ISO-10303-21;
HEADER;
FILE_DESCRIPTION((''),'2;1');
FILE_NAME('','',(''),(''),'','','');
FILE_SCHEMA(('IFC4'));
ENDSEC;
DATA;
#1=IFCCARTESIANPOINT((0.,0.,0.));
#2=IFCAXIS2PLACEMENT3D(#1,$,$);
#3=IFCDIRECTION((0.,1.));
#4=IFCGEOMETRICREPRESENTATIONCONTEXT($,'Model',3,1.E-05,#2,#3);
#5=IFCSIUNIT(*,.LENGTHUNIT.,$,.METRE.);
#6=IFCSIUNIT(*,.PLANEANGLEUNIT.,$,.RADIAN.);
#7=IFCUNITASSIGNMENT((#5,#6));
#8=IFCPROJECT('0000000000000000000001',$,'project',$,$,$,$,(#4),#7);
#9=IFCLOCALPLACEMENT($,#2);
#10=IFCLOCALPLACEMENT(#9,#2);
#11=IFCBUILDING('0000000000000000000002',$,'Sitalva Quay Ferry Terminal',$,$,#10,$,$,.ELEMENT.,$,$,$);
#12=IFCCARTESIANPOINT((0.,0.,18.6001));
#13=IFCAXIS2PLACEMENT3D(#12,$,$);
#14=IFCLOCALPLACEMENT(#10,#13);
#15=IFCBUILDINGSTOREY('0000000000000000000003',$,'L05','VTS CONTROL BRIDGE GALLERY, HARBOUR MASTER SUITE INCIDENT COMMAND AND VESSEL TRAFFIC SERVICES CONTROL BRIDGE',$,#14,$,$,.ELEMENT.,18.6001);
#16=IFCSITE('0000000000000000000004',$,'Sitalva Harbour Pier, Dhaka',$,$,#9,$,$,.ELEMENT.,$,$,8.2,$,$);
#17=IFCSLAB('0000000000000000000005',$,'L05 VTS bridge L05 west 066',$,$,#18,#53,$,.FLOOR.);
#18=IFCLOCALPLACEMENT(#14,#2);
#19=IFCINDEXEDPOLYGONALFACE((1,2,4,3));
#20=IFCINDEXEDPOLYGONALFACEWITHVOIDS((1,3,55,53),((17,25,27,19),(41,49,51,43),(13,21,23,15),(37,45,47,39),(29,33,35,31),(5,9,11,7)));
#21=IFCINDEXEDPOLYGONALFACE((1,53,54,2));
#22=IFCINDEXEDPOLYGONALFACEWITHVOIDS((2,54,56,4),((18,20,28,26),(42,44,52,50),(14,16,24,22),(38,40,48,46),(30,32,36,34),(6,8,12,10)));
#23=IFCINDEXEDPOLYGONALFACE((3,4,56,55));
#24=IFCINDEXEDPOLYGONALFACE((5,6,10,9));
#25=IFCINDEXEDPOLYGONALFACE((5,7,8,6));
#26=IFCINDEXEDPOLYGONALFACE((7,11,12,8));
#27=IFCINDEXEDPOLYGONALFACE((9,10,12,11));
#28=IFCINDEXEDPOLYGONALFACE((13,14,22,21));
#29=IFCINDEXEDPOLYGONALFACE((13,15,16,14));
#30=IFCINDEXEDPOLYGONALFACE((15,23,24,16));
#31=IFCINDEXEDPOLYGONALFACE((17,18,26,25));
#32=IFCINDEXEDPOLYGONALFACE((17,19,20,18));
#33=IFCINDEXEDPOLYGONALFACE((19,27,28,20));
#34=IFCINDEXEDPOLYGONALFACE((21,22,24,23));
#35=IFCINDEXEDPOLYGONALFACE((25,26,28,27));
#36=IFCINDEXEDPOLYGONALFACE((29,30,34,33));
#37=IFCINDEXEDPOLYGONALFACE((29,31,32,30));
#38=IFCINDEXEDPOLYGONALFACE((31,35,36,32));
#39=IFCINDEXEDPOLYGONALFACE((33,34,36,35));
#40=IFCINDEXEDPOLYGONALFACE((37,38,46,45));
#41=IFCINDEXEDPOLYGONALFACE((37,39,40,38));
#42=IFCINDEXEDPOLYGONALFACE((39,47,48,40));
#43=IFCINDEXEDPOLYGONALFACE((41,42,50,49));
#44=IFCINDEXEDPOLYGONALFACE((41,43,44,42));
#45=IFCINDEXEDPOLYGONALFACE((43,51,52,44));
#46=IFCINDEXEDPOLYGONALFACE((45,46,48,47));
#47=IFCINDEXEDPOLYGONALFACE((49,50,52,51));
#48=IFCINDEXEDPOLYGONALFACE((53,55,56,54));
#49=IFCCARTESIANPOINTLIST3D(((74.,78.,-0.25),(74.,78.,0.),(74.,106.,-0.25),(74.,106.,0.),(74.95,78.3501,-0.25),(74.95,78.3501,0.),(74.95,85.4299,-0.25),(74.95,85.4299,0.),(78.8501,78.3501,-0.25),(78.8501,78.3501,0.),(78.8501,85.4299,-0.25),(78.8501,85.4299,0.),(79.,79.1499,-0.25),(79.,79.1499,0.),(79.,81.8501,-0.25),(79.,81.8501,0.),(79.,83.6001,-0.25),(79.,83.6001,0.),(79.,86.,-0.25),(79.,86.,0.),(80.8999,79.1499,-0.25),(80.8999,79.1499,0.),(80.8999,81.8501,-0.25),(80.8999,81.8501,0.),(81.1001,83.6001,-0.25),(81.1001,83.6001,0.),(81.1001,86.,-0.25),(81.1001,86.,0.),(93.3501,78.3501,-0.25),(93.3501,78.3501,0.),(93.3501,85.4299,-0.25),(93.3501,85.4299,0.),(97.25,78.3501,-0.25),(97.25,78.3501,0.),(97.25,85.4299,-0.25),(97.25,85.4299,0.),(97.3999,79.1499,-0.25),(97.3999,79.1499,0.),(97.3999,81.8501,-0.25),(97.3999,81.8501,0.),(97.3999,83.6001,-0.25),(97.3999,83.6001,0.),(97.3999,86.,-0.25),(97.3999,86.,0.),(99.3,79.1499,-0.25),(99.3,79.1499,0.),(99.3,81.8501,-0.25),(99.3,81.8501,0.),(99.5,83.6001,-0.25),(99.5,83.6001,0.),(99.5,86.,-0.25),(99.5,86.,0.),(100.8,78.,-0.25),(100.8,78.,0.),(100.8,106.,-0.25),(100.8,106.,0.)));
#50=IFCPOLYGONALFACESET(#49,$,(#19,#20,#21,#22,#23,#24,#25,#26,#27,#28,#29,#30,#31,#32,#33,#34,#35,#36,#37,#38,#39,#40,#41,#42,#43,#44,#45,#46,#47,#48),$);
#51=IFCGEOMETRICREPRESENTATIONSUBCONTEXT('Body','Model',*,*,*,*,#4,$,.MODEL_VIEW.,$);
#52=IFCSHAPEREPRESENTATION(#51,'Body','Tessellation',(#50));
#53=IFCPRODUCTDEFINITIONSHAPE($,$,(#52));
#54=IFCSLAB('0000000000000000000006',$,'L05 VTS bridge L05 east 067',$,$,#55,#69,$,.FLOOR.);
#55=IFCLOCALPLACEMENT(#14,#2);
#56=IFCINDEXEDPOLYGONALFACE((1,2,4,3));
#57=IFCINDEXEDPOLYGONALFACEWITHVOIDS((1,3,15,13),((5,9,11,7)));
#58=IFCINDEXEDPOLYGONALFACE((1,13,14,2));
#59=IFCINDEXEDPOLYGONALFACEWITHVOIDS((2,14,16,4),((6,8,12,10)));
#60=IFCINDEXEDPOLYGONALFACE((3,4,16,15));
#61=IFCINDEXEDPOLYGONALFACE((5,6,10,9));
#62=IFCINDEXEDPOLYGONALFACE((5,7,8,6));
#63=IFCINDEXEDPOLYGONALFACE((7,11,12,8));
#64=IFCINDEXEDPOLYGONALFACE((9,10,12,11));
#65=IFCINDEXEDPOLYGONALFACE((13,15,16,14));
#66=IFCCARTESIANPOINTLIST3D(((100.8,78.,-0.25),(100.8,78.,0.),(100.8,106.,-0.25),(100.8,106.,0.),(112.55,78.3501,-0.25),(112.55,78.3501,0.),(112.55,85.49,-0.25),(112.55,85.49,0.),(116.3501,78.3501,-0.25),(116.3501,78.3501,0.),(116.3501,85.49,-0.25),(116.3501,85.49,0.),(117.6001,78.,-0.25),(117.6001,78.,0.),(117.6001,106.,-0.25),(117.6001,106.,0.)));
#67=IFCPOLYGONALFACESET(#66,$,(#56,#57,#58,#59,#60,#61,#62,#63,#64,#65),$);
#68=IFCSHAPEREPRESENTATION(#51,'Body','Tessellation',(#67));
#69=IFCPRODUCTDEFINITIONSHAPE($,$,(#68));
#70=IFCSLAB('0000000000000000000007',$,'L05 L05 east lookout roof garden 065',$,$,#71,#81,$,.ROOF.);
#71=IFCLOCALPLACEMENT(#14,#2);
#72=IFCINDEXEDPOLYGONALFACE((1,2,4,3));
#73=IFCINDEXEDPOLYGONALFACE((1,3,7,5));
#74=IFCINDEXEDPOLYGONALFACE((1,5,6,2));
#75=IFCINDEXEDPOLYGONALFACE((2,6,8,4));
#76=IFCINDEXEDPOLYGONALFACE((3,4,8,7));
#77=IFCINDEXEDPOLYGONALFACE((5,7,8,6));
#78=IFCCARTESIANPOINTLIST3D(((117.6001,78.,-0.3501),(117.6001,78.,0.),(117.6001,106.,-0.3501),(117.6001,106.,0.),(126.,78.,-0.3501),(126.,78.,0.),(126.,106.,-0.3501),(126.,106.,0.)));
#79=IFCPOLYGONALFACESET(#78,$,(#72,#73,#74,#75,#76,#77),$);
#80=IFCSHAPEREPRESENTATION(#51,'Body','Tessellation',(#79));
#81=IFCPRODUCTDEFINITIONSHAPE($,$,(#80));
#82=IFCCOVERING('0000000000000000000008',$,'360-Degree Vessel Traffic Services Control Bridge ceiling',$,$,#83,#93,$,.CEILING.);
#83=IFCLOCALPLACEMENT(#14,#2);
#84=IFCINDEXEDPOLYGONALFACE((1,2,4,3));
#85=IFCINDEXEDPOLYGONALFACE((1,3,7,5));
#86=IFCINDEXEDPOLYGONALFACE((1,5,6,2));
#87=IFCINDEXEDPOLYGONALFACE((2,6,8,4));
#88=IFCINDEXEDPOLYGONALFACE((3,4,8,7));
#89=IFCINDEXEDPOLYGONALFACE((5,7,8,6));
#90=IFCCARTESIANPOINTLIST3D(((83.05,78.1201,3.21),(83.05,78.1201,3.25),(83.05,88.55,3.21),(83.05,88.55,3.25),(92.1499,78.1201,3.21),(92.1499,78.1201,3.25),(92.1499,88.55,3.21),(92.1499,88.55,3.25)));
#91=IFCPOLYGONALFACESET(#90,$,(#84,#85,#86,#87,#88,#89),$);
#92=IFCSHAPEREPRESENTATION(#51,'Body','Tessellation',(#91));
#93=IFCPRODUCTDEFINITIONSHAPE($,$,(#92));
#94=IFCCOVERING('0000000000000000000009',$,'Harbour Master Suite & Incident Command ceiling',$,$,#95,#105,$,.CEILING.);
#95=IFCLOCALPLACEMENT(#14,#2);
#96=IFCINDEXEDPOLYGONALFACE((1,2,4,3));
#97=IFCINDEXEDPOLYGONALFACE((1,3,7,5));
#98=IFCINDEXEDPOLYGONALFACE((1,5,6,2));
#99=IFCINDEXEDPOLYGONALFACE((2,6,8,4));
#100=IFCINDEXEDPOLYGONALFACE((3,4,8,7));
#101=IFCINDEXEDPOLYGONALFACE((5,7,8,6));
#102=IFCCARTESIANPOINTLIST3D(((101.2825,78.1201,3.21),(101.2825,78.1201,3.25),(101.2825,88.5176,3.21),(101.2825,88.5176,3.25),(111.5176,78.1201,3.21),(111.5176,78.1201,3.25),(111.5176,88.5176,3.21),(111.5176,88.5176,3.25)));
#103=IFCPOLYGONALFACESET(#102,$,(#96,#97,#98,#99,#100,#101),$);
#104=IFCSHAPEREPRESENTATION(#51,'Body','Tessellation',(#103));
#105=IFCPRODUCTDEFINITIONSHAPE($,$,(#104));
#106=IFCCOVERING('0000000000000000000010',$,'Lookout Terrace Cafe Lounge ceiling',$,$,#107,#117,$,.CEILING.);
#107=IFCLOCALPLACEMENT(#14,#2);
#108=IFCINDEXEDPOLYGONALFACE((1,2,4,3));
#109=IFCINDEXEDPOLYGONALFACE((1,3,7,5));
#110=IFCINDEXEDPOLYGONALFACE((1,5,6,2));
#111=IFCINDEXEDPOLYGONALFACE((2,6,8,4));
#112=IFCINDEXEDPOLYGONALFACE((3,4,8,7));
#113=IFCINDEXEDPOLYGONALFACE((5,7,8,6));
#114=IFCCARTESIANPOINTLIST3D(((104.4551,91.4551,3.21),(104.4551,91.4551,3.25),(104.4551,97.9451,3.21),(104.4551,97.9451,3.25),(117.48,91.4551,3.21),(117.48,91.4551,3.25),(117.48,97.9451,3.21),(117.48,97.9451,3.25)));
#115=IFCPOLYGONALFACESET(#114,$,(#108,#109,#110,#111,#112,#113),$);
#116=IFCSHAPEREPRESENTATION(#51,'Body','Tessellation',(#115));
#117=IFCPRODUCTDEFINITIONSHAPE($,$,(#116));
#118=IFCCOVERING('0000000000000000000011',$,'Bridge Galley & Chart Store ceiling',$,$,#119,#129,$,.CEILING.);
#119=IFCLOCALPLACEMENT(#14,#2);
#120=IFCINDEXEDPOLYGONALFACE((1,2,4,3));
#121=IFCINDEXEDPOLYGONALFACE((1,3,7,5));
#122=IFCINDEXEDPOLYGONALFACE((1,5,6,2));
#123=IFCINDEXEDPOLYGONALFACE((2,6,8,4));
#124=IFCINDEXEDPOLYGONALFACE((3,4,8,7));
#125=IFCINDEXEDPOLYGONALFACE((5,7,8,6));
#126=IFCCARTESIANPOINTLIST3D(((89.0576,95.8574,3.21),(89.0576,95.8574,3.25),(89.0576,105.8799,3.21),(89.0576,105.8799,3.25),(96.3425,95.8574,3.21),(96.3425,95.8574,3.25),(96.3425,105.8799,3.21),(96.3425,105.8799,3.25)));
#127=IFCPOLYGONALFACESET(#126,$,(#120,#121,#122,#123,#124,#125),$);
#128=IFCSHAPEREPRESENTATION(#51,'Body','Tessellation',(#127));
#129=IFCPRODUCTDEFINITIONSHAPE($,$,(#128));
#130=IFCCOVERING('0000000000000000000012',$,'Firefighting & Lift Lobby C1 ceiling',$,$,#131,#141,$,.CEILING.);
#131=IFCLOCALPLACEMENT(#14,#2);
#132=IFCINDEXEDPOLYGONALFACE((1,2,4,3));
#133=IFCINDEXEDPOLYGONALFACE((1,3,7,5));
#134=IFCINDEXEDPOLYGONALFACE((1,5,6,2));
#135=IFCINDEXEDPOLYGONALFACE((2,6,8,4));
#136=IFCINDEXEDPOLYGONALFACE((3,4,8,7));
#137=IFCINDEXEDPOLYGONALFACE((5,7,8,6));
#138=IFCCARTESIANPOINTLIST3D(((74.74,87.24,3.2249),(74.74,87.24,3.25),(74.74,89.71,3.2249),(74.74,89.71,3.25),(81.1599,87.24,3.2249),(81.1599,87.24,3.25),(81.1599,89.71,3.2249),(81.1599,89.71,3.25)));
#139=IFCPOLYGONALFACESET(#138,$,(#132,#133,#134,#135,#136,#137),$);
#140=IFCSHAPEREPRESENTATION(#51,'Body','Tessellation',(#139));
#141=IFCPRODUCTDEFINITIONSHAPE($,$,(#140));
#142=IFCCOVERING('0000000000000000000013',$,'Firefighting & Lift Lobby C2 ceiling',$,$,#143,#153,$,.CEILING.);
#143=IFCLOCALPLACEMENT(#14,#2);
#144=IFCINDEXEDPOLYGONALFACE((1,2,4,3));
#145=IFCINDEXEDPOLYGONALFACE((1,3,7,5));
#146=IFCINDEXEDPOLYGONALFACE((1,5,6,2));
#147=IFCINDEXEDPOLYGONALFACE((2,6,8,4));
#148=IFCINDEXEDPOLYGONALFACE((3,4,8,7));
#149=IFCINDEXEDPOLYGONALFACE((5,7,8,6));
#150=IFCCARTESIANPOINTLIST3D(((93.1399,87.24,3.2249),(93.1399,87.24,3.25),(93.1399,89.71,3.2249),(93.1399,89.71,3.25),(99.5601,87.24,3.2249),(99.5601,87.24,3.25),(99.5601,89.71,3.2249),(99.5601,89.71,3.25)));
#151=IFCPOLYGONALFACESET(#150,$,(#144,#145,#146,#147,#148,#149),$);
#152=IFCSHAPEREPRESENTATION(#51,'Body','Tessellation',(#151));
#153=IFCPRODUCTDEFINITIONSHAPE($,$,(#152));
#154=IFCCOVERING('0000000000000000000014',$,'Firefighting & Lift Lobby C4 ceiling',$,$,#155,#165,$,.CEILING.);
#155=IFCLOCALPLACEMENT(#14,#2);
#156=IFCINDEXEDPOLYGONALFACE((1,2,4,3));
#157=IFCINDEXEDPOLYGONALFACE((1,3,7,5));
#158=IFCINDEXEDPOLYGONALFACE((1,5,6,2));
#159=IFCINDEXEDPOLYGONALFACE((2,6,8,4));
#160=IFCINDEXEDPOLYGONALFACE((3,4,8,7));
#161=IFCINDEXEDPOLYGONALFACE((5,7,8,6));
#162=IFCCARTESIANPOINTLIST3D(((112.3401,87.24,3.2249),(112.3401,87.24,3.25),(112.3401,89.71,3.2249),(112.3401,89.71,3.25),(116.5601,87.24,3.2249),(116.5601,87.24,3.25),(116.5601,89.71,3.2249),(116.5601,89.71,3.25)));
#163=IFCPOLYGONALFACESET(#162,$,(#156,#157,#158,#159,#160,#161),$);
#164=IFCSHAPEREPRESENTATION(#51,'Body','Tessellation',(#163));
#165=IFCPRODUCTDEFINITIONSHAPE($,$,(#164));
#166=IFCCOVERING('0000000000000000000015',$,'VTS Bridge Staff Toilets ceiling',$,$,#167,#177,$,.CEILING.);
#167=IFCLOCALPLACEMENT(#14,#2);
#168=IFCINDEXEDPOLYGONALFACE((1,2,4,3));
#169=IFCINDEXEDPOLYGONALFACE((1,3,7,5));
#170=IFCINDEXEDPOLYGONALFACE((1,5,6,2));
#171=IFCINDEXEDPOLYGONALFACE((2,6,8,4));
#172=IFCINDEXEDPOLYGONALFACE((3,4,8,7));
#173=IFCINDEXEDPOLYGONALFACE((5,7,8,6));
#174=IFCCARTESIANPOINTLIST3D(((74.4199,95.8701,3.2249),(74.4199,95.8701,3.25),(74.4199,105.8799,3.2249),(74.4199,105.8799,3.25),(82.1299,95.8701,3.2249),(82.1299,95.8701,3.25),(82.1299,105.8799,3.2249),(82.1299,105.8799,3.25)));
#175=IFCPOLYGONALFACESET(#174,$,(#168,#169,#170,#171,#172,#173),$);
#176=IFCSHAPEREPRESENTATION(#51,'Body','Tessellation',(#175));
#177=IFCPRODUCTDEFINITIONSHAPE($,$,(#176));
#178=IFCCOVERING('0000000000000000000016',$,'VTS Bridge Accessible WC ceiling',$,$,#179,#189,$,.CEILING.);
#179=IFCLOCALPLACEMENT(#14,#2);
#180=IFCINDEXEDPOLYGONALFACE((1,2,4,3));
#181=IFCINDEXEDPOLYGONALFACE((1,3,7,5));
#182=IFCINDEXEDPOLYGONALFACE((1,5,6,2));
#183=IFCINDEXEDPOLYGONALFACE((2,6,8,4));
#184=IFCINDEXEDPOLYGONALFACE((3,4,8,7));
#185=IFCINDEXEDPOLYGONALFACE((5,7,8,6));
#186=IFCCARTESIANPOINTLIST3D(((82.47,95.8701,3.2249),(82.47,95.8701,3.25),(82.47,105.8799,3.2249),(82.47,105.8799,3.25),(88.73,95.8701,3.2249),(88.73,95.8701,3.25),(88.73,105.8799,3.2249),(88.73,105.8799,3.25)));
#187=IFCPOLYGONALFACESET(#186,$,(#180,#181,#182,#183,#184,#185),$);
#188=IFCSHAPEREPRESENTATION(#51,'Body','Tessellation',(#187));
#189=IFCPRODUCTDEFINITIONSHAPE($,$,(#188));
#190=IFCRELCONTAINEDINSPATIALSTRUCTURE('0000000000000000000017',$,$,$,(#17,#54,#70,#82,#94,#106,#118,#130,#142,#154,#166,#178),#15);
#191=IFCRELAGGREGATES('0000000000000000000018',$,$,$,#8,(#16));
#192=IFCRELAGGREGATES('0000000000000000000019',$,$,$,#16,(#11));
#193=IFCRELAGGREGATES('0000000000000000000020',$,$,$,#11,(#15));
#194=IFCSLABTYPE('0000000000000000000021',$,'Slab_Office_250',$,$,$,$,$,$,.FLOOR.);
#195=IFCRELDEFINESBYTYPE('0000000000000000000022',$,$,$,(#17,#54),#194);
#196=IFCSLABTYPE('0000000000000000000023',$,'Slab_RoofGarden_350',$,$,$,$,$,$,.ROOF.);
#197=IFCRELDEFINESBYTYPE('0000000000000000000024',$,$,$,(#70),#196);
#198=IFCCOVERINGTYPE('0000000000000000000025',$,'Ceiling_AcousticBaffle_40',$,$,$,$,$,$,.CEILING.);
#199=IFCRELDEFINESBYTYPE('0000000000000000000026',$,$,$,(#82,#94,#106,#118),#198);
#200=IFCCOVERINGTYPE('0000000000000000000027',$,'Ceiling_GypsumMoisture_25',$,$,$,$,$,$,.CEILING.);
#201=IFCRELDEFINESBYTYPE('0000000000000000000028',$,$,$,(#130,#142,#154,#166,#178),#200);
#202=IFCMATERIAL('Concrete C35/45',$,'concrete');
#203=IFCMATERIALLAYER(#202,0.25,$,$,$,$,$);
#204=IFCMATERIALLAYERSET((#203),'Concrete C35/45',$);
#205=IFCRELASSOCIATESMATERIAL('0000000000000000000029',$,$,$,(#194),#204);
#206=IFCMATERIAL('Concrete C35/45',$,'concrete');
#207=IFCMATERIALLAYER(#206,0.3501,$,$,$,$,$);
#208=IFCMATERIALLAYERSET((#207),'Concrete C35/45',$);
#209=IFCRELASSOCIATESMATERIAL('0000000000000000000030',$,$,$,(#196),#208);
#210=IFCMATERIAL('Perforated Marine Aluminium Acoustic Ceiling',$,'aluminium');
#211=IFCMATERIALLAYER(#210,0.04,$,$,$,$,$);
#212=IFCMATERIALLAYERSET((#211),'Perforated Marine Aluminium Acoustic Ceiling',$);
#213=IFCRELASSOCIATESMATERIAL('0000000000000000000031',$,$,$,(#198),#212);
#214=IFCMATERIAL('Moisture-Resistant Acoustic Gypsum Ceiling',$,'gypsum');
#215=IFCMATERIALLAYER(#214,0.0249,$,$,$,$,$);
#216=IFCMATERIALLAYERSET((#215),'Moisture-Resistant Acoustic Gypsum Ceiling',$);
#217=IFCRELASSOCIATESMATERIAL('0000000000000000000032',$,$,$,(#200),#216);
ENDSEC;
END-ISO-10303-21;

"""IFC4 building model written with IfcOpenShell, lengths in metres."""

from ifc_helpers import new_model, si_unit, direction, frame, origin, place, context, subcontext, project, spatial, polyline, outline, extrude, material, layer, layer_set, type_object, element, save


model = new_model("IFC4")

# Units and contexts
model_context = context("Model", 3, precision=1e-05, world=origin(), true_north=direction((0.0, 1.0)))
body_context = subcontext(model_context, "Body", "Model", "MODEL_VIEW")
ifc_project = project(units=[si_unit("LENGTHUNIT", "METRE"), si_unit("PLANEANGLEUNIT", "RADIAN")], contexts=[model_context])

# Site, building, storey
site_placement = place(None, origin())
site = spatial("IfcSite", under=ifc_project, at=site_placement, Name="Sitalva Harbour Pier, Dhaka", CompositionType="ELEMENT", RefElevation=8.2)
building_placement = place(site_placement, origin())
building = spatial("IfcBuilding", under=site, at=building_placement, Name="Sitalva Quay Ferry Terminal", CompositionType="ELEMENT")
storey_placement = place(building_placement, frame((0.0, 0.0, 18.6001)))
storey = spatial("IfcBuildingStorey", under=building, at=storey_placement, Name="L05", Description="VTS CONTROL BRIDGE GALLERY, HARBOUR MASTER SUITE INCIDENT COMMAND AND VESSEL TRAFFIC SERVICES CONTROL BRIDGE", CompositionType="ELEMENT", Elevation=18.6001)

# Slabs
ifc_material_1 = material(Name="Concrete C35/45", Category="concrete")
ifc_layer_1 = layer(ifc_material_1, 0.25)
ifc_layer_set_1 = layer_set([ifc_layer_1], Name="Concrete C35/45")
slab_type_1 = type_object("IfcSlabType", Name="Slab_Office_250", PredefinedType="FLOOR", material=ifc_layer_set_1)
slab_1_placement = place(storey_placement, frame((0.0, 0.0, -0.25)))
element("IfcSlab", 1, at=slab_1_placement, inside=storey, type_object=slab_type_1, Name="L05 VTS bridge L05 west 066", PredefinedType="FLOOR", context=body_context, shape_type="SweptSolid", body=[
    extrude(outline(polyline([(74.0, 78.0), (100.8, 78.0), (100.8, 106.0), (74.0, 106.0), (74.0, 78.0)]), holes=[polyline([(74.95, 78.3501), (74.95, 85.4299), (78.8501, 85.4299), (78.8501, 78.3501), (74.95, 78.3501)]), polyline([(79.0, 79.1499), (79.0, 81.8501), (80.8999, 81.8501), (80.8999, 79.1499), (79.0, 79.1499)]), polyline([(79.0, 83.6001), (79.0, 86.0), (81.1001, 86.0), (81.1001, 83.6001), (79.0, 83.6001)]), polyline([(93.3501, 78.3501), (93.3501, 85.4299), (97.25, 85.4299), (97.25, 78.3501), (93.3501, 78.3501)]), polyline([(97.3999, 79.1499), (97.3999, 81.8501), (99.3, 81.8501), (99.3, 79.1499), (97.3999, 79.1499)]), polyline([(97.3999, 83.6001), (97.3999, 86.0), (99.5, 86.0), (99.5, 83.6001), (97.3999, 83.6001)])]), origin(), (0.0, 0.0, 1.0), 0.25),
])
slab_2_placement = place(storey_placement, frame((0.0, 0.0, -0.25)))
element("IfcSlab", 2, at=slab_2_placement, inside=storey, type_object=slab_type_1, Name="L05 VTS bridge L05 east 067", PredefinedType="FLOOR", context=body_context, shape_type="SweptSolid", body=[
    extrude(outline(polyline([(100.8, 78.0), (117.6001, 78.0), (117.6001, 106.0), (100.8, 106.0), (100.8, 78.0)]), holes=[polyline([(112.55, 78.3501), (112.55, 85.49), (116.3501, 85.49), (116.3501, 78.3501), (112.55, 78.3501)])]), origin(), (0.0, 0.0, 1.0), 0.25),
])
ifc_material_2 = material(Name="Concrete C35/45", Category="concrete")
ifc_layer_2 = layer(ifc_material_2, 0.3501)
ifc_layer_set_2 = layer_set([ifc_layer_2], Name="Concrete C35/45")
slab_type_2 = type_object("IfcSlabType", Name="Slab_RoofGarden_350", PredefinedType="ROOF", material=ifc_layer_set_2)
slab_3_placement = place(storey_placement, frame((0.0, 0.0, -0.3501)))
element("IfcSlab", 3, at=slab_3_placement, inside=storey, type_object=slab_type_2, Name="L05 L05 east lookout roof garden 065", PredefinedType="ROOF", context=body_context, shape_type="SweptSolid", body=[
    extrude(outline(polyline([(117.6001, 78.0), (126.0, 78.0), (126.0, 106.0), (117.6001, 106.0), (117.6001, 78.0)])), origin(), (0.0, 0.0, 1.0), 0.3501),
])

# Coverings
ifc_material_3 = material(Name="Perforated Marine Aluminium Acoustic Ceiling", Category="aluminium")
ifc_layer_3 = layer(ifc_material_3, 0.04)
ifc_layer_set_3 = layer_set([ifc_layer_3], Name="Perforated Marine Aluminium Acoustic Ceiling")
covering_type_1 = type_object("IfcCoveringType", Name="Ceiling_AcousticBaffle_40", PredefinedType="CEILING", material=ifc_layer_set_3)
covering_1_placement = place(storey_placement, frame((0.0, 0.0, 3.21)))
element("IfcCovering", 4, at=covering_1_placement, inside=storey, type_object=covering_type_1, Name="360-Degree Vessel Traffic Services Control Bridge ceiling", PredefinedType="CEILING", context=body_context, shape_type="SweptSolid", body=[
    extrude(outline(polyline([(83.05, 78.1201), (92.1499, 78.1201), (92.1499, 88.55), (83.05, 88.55), (83.05, 78.1201)])), origin(), (0.0, 0.0, 1.0), 0.04),
])
covering_2_placement = place(storey_placement, frame((0.0, 0.0, 3.21)))
element("IfcCovering", 5, at=covering_2_placement, inside=storey, type_object=covering_type_1, Name="Harbour Master Suite & Incident Command ceiling", PredefinedType="CEILING", context=body_context, shape_type="SweptSolid", body=[
    extrude(outline(polyline([(101.2825, 78.1201), (111.5176, 78.1201), (111.5176, 88.5176), (101.2825, 88.5176), (101.2825, 78.1201)])), origin(), (0.0, 0.0, 1.0), 0.04),
])
covering_3_placement = place(storey_placement, frame((0.0, 0.0, 3.21)))
element("IfcCovering", 6, at=covering_3_placement, inside=storey, type_object=covering_type_1, Name="Lookout Terrace Cafe Lounge ceiling", PredefinedType="CEILING", context=body_context, shape_type="SweptSolid", body=[
    extrude(outline(polyline([(104.4551, 91.4551), (117.48, 91.4551), (117.48, 97.9451), (104.4551, 97.9451), (104.4551, 91.4551)])), origin(), (0.0, 0.0, 1.0), 0.04),
])
covering_4_placement = place(storey_placement, frame((0.0, 0.0, 3.21)))
element("IfcCovering", 7, at=covering_4_placement, inside=storey, type_object=covering_type_1, Name="Bridge Galley & Chart Store ceiling", PredefinedType="CEILING", context=body_context, shape_type="SweptSolid", body=[
    extrude(outline(polyline([(89.0576, 95.8574), (96.3425, 95.8574), (96.3425, 105.8799), (89.0576, 105.8799), (89.0576, 95.8574)])), origin(), (0.0, 0.0, 1.0), 0.04),
])
ifc_material_4 = material(Name="Moisture-Resistant Acoustic Gypsum Ceiling", Category="gypsum")
ifc_layer_4 = layer(ifc_material_4, 0.0249)
ifc_layer_set_4 = layer_set([ifc_layer_4], Name="Moisture-Resistant Acoustic Gypsum Ceiling")
covering_type_2 = type_object("IfcCoveringType", Name="Ceiling_GypsumMoisture_25", PredefinedType="CEILING", material=ifc_layer_set_4)
covering_5_placement = place(storey_placement, frame((0.0, 0.0, 3.2249)))
element("IfcCovering", 8, at=covering_5_placement, inside=storey, type_object=covering_type_2, Name="Firefighting & Lift Lobby C1 ceiling", PredefinedType="CEILING", context=body_context, shape_type="SweptSolid", body=[
    extrude(outline(polyline([(74.74, 87.24), (81.1599, 87.24), (81.1599, 89.71), (74.74, 89.71), (74.74, 87.24)])), origin(), (0.0, 0.0, 1.0), 0.0251),
])
covering_6_placement = place(storey_placement, frame((0.0, 0.0, 3.2249)))
element("IfcCovering", 9, at=covering_6_placement, inside=storey, type_object=covering_type_2, Name="Firefighting & Lift Lobby C2 ceiling", PredefinedType="CEILING", context=body_context, shape_type="SweptSolid", body=[
    extrude(outline(polyline([(93.1399, 87.24), (99.5601, 87.24), (99.5601, 89.71), (93.1399, 89.71), (93.1399, 87.24)])), origin(), (0.0, 0.0, 1.0), 0.0251),
])
covering_7_placement = place(storey_placement, frame((0.0, 0.0, 3.2249)))
element("IfcCovering", 10, at=covering_7_placement, inside=storey, type_object=covering_type_2, Name="Firefighting & Lift Lobby C4 ceiling", PredefinedType="CEILING", context=body_context, shape_type="SweptSolid", body=[
    extrude(outline(polyline([(112.3401, 87.24), (116.5601, 87.24), (116.5601, 89.71), (112.3401, 89.71), (112.3401, 87.24)])), origin(), (0.0, 0.0, 1.0), 0.0251),
])
covering_8_placement = place(storey_placement, frame((0.0, 0.0, 3.2249)))
element("IfcCovering", 11, at=covering_8_placement, inside=storey, type_object=covering_type_2, Name="VTS Bridge Staff Toilets ceiling", PredefinedType="CEILING", context=body_context, shape_type="SweptSolid", body=[
    extrude(outline(polyline([(74.4199, 95.8701), (82.1299, 95.8701), (82.1299, 105.8799), (74.4199, 105.8799), (74.4199, 95.8701)])), origin(), (0.0, 0.0, 1.0), 0.0251),
])
covering_9_placement = place(storey_placement, frame((0.0, 0.0, 3.2249)))
element("IfcCovering", 12, at=covering_9_placement, inside=storey, type_object=covering_type_2, Name="VTS Bridge Accessible WC ceiling", PredefinedType="CEILING", context=body_context, shape_type="SweptSolid", body=[
    extrude(outline(polyline([(82.47, 95.8701), (88.73, 95.8701), (88.73, 105.8799), (82.47, 105.8799), (82.47, 95.8701)])), origin(), (0.0, 0.0, 1.0), 0.0251),
])

save(model, "model.ifc")
